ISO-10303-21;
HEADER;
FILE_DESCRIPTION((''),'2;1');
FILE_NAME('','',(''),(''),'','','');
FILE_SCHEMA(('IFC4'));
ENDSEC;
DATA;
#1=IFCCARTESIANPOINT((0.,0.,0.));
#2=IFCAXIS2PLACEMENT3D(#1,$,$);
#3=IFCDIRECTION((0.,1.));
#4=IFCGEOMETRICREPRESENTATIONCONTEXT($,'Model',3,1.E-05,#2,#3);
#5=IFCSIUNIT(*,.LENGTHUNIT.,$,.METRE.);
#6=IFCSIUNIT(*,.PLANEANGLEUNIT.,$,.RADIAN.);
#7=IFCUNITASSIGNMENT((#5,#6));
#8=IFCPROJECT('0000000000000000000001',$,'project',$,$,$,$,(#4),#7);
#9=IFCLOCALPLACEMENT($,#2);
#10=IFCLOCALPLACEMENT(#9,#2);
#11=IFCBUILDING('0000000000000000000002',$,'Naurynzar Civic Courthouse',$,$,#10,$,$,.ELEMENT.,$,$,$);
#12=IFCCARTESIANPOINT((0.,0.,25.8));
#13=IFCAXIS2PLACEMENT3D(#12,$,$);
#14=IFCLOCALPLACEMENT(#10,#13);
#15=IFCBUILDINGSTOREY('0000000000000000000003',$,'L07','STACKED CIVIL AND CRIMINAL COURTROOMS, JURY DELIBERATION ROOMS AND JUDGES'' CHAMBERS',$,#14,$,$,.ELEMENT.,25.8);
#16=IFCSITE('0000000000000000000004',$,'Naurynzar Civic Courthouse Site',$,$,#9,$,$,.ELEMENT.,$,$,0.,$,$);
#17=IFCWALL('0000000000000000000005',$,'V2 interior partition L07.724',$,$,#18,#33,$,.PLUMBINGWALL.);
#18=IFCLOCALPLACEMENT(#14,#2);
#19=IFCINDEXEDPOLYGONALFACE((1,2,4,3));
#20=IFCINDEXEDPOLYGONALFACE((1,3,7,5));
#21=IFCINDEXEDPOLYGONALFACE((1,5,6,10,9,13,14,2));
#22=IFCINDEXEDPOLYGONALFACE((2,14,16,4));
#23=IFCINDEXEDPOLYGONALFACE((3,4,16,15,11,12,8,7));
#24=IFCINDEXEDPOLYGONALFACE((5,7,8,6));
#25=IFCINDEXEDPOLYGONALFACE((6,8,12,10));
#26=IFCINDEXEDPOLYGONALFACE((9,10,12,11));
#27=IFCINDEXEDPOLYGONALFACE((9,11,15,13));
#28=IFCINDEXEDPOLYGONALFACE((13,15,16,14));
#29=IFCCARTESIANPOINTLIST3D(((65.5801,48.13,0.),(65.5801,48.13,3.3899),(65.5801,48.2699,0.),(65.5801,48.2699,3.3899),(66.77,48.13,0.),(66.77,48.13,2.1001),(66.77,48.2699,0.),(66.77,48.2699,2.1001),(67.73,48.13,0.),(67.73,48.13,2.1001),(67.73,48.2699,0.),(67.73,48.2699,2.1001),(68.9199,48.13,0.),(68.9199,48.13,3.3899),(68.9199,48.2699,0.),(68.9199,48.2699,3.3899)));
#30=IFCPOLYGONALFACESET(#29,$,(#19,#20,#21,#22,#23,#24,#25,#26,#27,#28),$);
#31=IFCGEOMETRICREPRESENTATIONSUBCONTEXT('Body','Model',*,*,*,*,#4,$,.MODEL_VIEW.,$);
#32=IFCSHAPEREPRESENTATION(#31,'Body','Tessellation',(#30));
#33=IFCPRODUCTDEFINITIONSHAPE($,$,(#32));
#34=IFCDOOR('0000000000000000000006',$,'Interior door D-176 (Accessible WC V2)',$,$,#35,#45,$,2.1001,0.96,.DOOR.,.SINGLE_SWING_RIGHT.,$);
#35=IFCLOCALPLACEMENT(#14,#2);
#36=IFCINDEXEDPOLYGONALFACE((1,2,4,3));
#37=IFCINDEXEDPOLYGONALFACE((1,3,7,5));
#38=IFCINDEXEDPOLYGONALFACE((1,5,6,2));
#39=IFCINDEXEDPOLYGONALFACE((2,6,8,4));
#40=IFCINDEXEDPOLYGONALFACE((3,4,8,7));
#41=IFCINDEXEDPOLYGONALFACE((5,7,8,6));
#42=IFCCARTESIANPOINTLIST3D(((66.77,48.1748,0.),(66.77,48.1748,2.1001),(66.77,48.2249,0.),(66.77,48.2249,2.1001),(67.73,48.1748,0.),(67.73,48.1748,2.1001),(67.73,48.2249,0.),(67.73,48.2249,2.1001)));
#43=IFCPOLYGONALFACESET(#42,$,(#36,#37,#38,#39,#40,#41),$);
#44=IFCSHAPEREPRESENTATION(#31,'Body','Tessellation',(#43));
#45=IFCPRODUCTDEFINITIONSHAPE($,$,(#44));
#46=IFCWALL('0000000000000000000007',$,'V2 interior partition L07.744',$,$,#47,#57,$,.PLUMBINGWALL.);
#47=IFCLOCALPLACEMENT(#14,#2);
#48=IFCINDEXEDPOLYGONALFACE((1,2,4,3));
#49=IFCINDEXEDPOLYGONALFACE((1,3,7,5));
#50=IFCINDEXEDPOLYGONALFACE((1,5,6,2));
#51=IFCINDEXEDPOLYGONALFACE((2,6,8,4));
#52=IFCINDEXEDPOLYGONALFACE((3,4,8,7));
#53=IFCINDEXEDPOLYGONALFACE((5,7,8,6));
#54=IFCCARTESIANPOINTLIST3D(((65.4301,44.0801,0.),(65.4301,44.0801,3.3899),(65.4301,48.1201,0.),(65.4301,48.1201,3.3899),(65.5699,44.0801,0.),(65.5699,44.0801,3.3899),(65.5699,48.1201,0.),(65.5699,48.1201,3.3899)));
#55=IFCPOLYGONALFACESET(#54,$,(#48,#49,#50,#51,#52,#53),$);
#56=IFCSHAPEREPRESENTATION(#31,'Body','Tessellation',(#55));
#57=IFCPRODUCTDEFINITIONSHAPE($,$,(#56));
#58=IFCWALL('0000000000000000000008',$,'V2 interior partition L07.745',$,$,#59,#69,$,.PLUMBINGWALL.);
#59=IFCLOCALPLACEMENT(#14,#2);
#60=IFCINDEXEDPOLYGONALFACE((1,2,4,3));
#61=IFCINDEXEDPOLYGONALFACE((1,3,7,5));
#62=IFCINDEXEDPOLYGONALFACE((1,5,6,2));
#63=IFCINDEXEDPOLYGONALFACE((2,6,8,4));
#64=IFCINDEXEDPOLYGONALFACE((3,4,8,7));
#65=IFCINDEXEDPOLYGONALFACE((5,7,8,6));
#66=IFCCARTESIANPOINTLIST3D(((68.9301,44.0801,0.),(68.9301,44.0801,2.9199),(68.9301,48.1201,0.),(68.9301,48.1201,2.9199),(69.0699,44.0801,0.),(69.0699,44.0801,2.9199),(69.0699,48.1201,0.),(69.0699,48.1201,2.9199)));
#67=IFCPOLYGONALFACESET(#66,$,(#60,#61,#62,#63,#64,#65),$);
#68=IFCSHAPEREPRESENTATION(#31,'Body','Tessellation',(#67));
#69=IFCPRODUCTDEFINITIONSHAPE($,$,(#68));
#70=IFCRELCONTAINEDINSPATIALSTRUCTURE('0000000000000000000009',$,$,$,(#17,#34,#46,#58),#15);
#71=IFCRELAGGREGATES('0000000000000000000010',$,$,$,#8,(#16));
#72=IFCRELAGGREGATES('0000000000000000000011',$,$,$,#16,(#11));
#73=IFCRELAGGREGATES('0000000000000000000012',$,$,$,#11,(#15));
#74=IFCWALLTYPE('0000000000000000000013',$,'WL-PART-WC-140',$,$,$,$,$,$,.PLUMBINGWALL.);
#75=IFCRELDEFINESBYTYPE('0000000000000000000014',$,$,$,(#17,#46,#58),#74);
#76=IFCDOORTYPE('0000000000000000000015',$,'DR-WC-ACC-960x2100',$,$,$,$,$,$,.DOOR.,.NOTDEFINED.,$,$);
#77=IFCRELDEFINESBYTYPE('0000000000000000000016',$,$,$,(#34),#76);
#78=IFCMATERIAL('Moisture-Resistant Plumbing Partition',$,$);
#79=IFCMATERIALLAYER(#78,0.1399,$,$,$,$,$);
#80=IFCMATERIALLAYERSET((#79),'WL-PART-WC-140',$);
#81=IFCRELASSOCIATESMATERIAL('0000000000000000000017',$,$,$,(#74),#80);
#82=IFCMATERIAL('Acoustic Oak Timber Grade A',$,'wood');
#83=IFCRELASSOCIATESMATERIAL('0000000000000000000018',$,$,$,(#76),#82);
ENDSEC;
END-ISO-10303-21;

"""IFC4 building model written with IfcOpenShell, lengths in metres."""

from ifc_helpers import new_model, si_unit, direction, frame, frame_2d, origin, place, context, subcontext, project, spatial, rectangle, extrude, material, layer, layer_set, type_object, element, fill, save


model = new_model("IFC4")

# Units and contexts
model_context = context("Model", 3, precision=1e-05, world=origin(), true_north=direction((0.0, 1.0)))
body_context = subcontext(model_context, "Body", "Model", "MODEL_VIEW")
ifc_project = project(units=[si_unit("LENGTHUNIT", "METRE"), si_unit("PLANEANGLEUNIT", "RADIAN")], contexts=[model_context])

# Site, building, storey
site_placement = place(None, origin())
site = spatial("IfcSite", under=ifc_project, at=site_placement, Name="Naurynzar Civic Courthouse Site", CompositionType="ELEMENT", RefElevation=0.0)
building_placement = place(site_placement, origin())
building = spatial("IfcBuilding", under=site, at=building_placement, Name="Naurynzar Civic Courthouse", CompositionType="ELEMENT")
storey_placement = place(building_placement, frame((0.0, 0.0, 25.8)))
storey = spatial("IfcBuildingStorey", under=building, at=storey_placement, Name="L07", Description="STACKED CIVIL AND CRIMINAL COURTROOMS, JURY DELIBERATION ROOMS AND JUDGES' CHAMBERS", CompositionType="ELEMENT", Elevation=25.8)

# Wall, opening, door
ifc_material_1 = material(Name="Moisture-Resistant Plumbing Partition")
ifc_layer_1 = layer(ifc_material_1, 0.1399)
ifc_layer_set_1 = layer_set([ifc_layer_1], Name="WL-PART-WC-140")
wall_type_1 = type_object("IfcWallType", Name="WL-PART-WC-140", PredefinedType="PLUMBINGWALL", material=ifc_layer_set_1)
wall_1_placement = place(storey_placement, frame((65.5801, 48.2, 0.0), z_axis=(0.0, 0.0, 1.0), x_axis=(1.0, 0.0, 0.0)))
wall_1 = element("IfcWall", 1, at=wall_1_placement, inside=storey, type_object=wall_type_1, Name="V2 interior partition L07.724", PredefinedType="PLUMBINGWALL", context=body_context, shape_type="SweptSolid", body=[
    extrude(rectangle(XDim=3.3398, YDim=0.1399, at=frame_2d((1.6699, 0.0))), origin(), (0.0, 0.0, 1.0), 3.3899),
])
opening_1_placement = place(wall_1_placement, frame((1.1899, 0.0, 0.0)))
opening_1 = element("IfcOpeningElement", 2, at=opening_1_placement, cuts=wall_1, PredefinedType="OPENING", context=body_context, shape_type="SweptSolid", body=[
    extrude(rectangle(XDim=0.96, YDim=2.1001, at=frame_2d((0.48, 1.05))), frame((0.0, 0.0798, 0.0), z_axis=(0.0, -1.0, 0.0), x_axis=(1.0, 0.0, 0.0)), (0.0, 0.0, 1.0), 0.1599),
])
ifc_material_2 = material(Name="Acoustic Oak Timber Grade A", Category="wood")
door_type_1 = type_object("IfcDoorType", Name="DR-WC-ACC-960x2100", OperationType="NOTDEFINED", PredefinedType="DOOR", material=ifc_material_2)
door_1_placement = place(opening_1_placement, origin())
door_1 = element("IfcDoor", 3, at=door_1_placement, inside=storey, type_object=door_type_1, Name="Interior door D-176 (Accessible WC V2)", OperationType="SINGLE_SWING_RIGHT", OverallHeight=2.1001, OverallWidth=0.96, PredefinedType="DOOR", context=body_context, shape_type="SweptSolid", body=[
    extrude(rectangle(XDim=0.96, YDim=2.1001, at=frame_2d((0.48, 1.05))), frame((0.0, 0.0249, 0.0), z_axis=(0.0, -1.0, 0.0), x_axis=(1.0, 0.0, 0.0)), (0.0, 0.0, 1.0), 0.05),
])
fill(opening_1, door_1)

# Walls
wall_2_placement = place(storey_placement, frame((65.5, 44.0801, 0.0), z_axis=(0.0, 0.0, 1.0), x_axis=(0.0, 1.0, 0.0)))
element("IfcWall", 4, at=wall_2_placement, inside=storey, type_object=wall_type_1, Name="V2 interior partition L07.744", PredefinedType="PLUMBINGWALL", context=body_context, shape_type="SweptSolid", body=[
    extrude(rectangle(XDim=4.04, YDim=0.1399, at=frame_2d((2.02, 0.0))), origin(), (0.0, 0.0, 1.0), 3.3899),
])
wall_3_placement = place(storey_placement, frame((69.0, 44.0801, 0.0), z_axis=(0.0, 0.0, 1.0), x_axis=(0.0, 1.0, 0.0)))
element("IfcWall", 5, at=wall_3_placement, inside=storey, type_object=wall_type_1, Name="V2 interior partition L07.745", PredefinedType="PLUMBINGWALL", context=body_context, shape_type="SweptSolid", body=[
    extrude(rectangle(XDim=4.04, YDim=0.1399, at=frame_2d((2.02, 0.0))), origin(), (0.0, 0.0, 1.0), 2.9199),
])

save(model, "model.ifc")
